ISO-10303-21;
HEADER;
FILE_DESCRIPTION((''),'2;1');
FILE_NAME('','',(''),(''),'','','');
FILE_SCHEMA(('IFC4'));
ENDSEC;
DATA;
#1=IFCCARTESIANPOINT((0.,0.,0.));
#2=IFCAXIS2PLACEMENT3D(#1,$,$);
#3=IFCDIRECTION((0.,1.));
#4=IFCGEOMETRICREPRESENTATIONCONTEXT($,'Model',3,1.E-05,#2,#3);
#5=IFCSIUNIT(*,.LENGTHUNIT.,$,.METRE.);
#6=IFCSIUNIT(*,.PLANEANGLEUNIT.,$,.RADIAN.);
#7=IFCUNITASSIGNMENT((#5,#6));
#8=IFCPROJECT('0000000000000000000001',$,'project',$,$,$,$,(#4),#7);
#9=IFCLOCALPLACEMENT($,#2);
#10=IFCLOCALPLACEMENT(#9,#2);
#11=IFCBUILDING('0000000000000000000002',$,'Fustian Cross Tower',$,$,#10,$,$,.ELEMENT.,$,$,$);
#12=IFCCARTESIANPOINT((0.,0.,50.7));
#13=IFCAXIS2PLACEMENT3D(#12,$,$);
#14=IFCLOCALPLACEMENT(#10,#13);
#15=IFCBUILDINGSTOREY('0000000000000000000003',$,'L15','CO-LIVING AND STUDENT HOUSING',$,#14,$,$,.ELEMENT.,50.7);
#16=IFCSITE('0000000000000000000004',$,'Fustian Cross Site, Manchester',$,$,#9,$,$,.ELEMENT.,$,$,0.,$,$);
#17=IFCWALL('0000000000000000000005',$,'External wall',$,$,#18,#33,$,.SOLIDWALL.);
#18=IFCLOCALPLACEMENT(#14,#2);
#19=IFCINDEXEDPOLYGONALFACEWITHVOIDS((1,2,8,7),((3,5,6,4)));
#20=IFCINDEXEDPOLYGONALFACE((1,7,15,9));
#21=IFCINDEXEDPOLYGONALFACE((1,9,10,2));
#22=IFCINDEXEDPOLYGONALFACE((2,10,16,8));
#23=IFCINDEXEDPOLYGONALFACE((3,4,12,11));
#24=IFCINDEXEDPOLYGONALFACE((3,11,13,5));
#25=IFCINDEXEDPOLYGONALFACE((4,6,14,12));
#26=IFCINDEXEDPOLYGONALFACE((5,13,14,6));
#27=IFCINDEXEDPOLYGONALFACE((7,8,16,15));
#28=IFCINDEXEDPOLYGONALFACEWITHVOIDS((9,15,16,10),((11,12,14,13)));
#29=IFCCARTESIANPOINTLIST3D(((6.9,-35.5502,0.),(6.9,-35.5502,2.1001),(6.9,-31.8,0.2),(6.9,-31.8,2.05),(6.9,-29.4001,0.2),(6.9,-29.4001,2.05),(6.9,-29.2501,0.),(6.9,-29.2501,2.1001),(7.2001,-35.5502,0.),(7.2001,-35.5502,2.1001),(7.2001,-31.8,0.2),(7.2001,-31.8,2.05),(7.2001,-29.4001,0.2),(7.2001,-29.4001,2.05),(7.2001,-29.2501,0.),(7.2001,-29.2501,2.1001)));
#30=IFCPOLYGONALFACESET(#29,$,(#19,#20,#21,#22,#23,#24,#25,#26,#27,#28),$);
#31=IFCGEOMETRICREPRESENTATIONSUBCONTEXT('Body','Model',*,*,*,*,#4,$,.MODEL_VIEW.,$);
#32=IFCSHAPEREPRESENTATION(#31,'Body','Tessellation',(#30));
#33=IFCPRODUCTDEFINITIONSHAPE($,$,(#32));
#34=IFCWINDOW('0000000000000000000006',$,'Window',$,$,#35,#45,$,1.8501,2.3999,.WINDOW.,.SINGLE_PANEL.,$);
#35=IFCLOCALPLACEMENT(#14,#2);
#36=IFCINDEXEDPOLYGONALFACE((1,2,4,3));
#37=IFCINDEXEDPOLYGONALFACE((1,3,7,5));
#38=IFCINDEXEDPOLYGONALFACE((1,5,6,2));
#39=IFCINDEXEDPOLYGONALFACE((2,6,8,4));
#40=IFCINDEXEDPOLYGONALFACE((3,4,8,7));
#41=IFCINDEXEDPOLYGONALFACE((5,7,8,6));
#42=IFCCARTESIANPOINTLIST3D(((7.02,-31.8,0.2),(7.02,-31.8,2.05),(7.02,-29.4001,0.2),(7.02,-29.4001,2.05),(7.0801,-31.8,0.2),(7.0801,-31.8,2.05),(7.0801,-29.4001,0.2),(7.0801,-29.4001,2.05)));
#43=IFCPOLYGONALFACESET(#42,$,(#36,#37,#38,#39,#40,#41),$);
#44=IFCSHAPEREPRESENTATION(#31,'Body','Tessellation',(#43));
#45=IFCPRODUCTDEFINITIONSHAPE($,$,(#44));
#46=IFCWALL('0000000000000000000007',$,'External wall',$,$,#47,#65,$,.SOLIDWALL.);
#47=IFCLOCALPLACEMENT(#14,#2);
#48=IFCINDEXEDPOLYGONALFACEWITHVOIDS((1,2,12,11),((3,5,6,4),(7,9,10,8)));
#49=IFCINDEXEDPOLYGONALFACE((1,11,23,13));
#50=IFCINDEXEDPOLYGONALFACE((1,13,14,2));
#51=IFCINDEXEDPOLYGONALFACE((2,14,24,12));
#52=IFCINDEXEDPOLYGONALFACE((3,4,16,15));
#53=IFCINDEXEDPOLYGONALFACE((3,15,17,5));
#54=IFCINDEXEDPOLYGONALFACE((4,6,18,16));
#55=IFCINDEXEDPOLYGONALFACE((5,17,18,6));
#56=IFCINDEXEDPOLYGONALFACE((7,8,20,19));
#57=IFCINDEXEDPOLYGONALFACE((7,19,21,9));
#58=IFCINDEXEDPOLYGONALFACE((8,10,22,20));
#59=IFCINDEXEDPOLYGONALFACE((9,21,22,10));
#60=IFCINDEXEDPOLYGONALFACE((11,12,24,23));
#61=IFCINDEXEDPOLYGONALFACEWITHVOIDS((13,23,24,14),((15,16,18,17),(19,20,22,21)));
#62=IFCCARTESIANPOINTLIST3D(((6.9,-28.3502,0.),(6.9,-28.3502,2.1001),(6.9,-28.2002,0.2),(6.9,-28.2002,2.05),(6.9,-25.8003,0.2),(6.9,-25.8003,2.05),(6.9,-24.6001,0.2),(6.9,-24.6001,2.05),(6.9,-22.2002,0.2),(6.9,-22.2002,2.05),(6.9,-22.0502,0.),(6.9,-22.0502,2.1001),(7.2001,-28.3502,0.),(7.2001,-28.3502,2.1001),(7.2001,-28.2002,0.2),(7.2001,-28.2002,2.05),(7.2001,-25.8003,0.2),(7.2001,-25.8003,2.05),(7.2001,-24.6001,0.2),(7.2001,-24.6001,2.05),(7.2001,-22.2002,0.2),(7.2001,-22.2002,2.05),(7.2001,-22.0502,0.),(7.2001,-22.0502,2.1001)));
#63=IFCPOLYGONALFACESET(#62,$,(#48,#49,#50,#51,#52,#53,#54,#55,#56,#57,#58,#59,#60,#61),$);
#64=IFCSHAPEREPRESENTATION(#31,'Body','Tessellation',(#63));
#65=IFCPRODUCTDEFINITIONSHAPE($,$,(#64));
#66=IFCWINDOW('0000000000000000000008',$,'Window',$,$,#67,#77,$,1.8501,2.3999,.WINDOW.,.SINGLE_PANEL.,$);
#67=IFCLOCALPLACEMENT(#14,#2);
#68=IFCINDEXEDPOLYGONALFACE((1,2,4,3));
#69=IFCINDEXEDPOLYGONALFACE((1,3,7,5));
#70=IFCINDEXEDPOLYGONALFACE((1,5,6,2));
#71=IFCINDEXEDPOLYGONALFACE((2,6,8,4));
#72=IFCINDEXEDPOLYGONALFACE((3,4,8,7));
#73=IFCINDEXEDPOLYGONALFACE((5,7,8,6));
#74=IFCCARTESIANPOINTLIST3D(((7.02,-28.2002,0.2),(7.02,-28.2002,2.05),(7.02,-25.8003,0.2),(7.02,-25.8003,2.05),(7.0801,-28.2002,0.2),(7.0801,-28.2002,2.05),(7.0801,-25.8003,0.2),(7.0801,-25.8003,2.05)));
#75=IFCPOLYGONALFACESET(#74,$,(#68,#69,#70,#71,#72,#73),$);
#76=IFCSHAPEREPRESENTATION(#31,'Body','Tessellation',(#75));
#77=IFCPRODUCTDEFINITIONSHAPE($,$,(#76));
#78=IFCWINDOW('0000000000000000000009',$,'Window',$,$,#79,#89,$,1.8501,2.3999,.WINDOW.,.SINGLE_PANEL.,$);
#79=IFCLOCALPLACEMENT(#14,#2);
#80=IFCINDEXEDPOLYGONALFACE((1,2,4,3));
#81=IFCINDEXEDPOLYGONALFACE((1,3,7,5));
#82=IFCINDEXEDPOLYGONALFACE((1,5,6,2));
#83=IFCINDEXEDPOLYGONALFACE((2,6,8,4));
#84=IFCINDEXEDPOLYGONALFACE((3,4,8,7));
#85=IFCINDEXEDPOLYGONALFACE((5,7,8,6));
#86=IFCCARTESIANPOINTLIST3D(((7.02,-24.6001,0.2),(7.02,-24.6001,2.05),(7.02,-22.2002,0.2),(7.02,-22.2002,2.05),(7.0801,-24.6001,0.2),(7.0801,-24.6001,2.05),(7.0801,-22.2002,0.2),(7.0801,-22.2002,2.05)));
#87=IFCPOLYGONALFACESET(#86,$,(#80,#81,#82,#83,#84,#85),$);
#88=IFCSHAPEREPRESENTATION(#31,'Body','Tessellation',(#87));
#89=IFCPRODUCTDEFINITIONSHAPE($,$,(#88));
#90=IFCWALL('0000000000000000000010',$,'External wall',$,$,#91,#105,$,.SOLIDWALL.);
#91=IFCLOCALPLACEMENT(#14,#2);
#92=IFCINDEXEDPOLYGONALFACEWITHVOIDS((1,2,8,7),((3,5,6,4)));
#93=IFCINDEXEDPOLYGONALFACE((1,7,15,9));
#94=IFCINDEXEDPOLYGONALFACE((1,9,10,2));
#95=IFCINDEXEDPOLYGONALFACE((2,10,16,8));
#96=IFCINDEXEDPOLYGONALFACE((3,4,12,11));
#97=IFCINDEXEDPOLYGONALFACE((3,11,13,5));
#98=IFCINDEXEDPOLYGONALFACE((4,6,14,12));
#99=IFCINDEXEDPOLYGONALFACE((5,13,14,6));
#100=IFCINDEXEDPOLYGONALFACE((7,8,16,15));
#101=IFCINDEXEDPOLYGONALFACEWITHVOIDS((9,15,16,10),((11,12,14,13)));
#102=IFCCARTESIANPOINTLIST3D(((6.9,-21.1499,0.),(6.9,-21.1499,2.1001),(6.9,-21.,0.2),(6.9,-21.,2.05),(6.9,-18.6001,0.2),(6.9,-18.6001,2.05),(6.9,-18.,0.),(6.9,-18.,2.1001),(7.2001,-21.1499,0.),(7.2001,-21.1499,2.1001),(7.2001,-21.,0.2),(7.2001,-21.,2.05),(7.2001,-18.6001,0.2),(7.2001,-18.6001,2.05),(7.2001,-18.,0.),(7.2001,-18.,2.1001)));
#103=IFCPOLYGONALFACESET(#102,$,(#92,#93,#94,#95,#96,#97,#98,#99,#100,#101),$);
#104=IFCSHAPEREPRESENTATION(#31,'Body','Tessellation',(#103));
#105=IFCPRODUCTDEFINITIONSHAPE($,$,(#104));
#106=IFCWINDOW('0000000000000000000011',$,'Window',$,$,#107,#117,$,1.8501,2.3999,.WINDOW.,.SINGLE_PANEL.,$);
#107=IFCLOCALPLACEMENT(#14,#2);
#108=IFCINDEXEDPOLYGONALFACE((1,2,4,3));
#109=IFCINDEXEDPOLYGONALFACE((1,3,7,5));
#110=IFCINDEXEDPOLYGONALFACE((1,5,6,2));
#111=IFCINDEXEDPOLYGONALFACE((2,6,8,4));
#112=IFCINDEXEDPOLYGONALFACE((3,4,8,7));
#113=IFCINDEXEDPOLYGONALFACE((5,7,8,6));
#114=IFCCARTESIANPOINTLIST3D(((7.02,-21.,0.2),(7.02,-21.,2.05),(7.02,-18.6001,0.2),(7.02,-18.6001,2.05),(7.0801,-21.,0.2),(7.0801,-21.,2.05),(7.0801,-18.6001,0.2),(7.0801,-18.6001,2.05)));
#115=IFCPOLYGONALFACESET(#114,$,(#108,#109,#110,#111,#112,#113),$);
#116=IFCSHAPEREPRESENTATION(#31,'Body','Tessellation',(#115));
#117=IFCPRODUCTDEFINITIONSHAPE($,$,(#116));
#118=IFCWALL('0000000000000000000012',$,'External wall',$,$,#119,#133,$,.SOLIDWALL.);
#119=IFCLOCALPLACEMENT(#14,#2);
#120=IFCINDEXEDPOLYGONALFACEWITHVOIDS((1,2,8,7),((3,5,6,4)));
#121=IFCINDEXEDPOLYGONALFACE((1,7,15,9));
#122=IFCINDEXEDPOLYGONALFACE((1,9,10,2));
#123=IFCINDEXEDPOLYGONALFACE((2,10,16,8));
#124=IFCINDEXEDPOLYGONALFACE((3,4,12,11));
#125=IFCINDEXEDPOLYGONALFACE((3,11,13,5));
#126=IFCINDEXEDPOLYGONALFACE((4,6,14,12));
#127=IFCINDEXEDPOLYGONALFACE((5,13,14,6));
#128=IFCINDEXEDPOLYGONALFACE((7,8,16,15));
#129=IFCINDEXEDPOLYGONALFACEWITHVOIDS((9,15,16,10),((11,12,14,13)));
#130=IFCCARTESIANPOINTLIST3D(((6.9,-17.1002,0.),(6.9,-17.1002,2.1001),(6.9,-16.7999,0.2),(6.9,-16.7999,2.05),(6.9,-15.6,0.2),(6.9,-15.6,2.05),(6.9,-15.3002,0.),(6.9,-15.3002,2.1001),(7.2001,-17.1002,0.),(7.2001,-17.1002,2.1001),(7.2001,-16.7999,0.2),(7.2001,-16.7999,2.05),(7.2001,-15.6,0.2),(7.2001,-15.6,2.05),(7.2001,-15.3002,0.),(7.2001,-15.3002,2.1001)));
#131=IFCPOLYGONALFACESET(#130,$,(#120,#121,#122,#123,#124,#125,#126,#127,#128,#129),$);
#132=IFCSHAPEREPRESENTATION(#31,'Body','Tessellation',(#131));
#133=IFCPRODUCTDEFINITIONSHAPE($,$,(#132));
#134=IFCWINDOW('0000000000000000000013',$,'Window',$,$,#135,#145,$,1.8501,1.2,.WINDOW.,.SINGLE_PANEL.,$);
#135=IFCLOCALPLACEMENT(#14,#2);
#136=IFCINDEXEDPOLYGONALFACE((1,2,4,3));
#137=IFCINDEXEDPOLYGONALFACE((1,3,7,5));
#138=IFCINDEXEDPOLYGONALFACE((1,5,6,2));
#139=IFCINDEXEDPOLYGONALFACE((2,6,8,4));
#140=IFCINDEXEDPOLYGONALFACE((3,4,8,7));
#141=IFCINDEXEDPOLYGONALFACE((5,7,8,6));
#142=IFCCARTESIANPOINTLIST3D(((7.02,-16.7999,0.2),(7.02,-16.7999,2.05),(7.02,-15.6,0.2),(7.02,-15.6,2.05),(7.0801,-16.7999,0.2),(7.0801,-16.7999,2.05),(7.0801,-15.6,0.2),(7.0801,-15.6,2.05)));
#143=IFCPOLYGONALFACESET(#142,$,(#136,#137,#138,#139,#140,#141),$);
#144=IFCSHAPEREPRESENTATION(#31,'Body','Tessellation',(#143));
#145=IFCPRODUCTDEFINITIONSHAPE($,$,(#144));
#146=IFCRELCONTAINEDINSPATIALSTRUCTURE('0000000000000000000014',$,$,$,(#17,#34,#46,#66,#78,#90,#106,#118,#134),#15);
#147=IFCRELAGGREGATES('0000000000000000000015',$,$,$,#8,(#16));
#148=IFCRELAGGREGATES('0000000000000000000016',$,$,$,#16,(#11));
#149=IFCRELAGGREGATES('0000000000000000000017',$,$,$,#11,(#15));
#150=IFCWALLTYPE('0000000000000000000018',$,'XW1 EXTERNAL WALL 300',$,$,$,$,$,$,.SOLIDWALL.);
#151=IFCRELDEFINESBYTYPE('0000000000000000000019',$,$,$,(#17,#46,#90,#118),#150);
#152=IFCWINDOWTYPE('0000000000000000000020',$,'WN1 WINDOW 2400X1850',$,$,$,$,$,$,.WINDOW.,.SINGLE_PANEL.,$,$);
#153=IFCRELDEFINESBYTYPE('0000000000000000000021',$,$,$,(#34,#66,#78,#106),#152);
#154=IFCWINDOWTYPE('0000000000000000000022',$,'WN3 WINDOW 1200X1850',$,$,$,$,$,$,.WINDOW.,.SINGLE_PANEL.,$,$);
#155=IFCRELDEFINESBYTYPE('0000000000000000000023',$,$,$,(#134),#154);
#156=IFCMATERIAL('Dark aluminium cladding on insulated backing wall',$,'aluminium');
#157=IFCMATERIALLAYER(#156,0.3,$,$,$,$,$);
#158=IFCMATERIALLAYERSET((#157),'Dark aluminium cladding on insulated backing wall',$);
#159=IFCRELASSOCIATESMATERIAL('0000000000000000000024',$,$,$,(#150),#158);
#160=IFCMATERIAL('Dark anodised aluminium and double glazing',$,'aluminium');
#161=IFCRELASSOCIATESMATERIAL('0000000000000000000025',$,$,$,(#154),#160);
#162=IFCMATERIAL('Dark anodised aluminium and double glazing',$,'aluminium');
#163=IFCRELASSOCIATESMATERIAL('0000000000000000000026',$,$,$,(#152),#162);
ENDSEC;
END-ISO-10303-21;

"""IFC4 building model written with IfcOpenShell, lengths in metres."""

from ifc_helpers import new_model, si_unit, direction, frame, frame_2d, origin, place, context, subcontext, project, spatial, rectangle, extrude, material, layer, layer_set, type_object, element, fill, save


model = new_model("IFC4")

# Units and contexts
model_context = context("Model", 3, precision=1e-05, world=origin(), true_north=direction((0.0, 1.0)))
body_context = subcontext(model_context, "Body", "Model", "MODEL_VIEW")
ifc_project = project(units=[si_unit("LENGTHUNIT", "METRE"), si_unit("PLANEANGLEUNIT", "RADIAN")], contexts=[model_context])

# Site, building, storey
site_placement = place(None, origin())
site = spatial("IfcSite", under=ifc_project, at=site_placement, Name="Fustian Cross Site, Manchester", CompositionType="ELEMENT", RefElevation=0.0)
building_placement = place(site_placement, origin())
building = spatial("IfcBuilding", under=site, at=building_placement, Name="Fustian Cross Tower", CompositionType="ELEMENT")
storey_placement = place(building_placement, frame((0.0, 0.0, 50.7)))
storey = spatial("IfcBuildingStorey", under=building, at=storey_placement, Name="L15", Description="CO-LIVING AND STUDENT HOUSING", CompositionType="ELEMENT", Elevation=50.7)

# Shared definitions
ifc_material_1 = material(Name="Dark aluminium cladding on insulated backing wall", Category="aluminium")
ifc_layer_1 = layer(ifc_material_1, 0.3)
ifc_layer_set_1 = layer_set([ifc_layer_1], Name="Dark aluminium cladding on insulated backing wall")
wall_type_1 = type_object("IfcWallType", Name="XW1 EXTERNAL WALL 300", PredefinedType="SOLIDWALL", material=ifc_layer_set_1)

# Wall, opening, window
ifc_material_2 = material(Name="Dark anodised aluminium and double glazing", Category="aluminium")
window_type_1 = type_object("IfcWindowType", Name="WN3 WINDOW 1200X1850", PartitioningType="SINGLE_PANEL", PredefinedType="WINDOW", material=ifc_material_2)
wall_1_placement = place(storey_placement, frame((7.05, -35.55, 0.0), z_axis=(0.0, 0.0, 1.0), x_axis=(0.0, 1.0, 0.0)))
wall_1 = element("IfcWall", 1, at=wall_1_placement, inside=storey, type_object=wall_type_1, Name="External wall", PredefinedType="SOLIDWALL", context=body_context, shape_type="SweptSolid", body=[
    extrude(rectangle(XDim=6.3, YDim=0.3, at=frame_2d((3.1499, 0.0))), origin(), (0.0, 0.0, 1.0), 2.1001),
])
opening_1_placement = place(wall_1_placement, frame((3.75, 0.0, 0.2)))
opening_1 = element("IfcOpeningElement", 2, at=opening_1_placement, cuts=wall_1, PredefinedType="OPENING", context=body_context, shape_type="SweptSolid", body=[
    extrude(rectangle(XDim=2.3999, YDim=1.8501, at=frame_2d((1.2, 0.925))), frame((0.0, 0.1599, 0.0), z_axis=(0.0, -1.0, 0.0), x_axis=(1.0, 0.0, 0.0)), (0.0, 0.0, 1.0), 0.3201),
])
ifc_material_3 = material(Name="Dark anodised aluminium and double glazing", Category="aluminium")
window_type_2 = type_object("IfcWindowType", Name="WN1 WINDOW 2400X1850", PartitioningType="SINGLE_PANEL", PredefinedType="WINDOW", material=ifc_material_3)
window_1_placement = place(opening_1_placement, origin())
window_1 = element("IfcWindow", 3, at=window_1_placement, inside=storey, type_object=window_type_2, Name="Window", OverallHeight=1.8501, OverallWidth=2.3999, PartitioningType="SINGLE_PANEL", PredefinedType="WINDOW", context=body_context, shape_type="SweptSolid", body=[
    extrude(rectangle(XDim=2.3999, YDim=1.8501, at=frame_2d((1.2, 0.925))), frame((0.0, 0.03, 0.0), z_axis=(0.0, -1.0, 0.0), x_axis=(1.0, 0.0, 0.0)), (0.0, 0.0, 1.0), 0.0601),
])
fill(opening_1, window_1)

# Wall, openings, windows
wall_2_placement = place(storey_placement, frame((7.05, -28.3501, 0.0), z_axis=(0.0, 0.0, 1.0), x_axis=(0.0, 1.0, 0.0)))
wall_2 = element("IfcWall", 4, at=wall_2_placement, inside=storey, type_object=wall_type_1, Name="External wall", PredefinedType="SOLIDWALL", context=body_context, shape_type="SweptSolid", body=[
    extrude(rectangle(XDim=6.3, YDim=0.3, at=frame_2d((3.1499, 0.0))), origin(), (0.0, 0.0, 1.0), 2.1001),
])
opening_2_placement = place(wall_2_placement, frame((0.1499, 0.0, 0.2)))
opening_2 = element("IfcOpeningElement", 5, at=opening_2_placement, cuts=wall_2, PredefinedType="OPENING", context=body_context, shape_type="SweptSolid", body=[
    extrude(rectangle(XDim=2.3999, YDim=1.8501, at=frame_2d((1.2, 0.925))), frame((0.0, 0.1599, 0.0), z_axis=(0.0, -1.0, 0.0), x_axis=(1.0, 0.0, 0.0)), (0.0, 0.0, 1.0), 0.3201),
])
opening_3_placement = place(wall_2_placement, frame((3.75, 0.0, 0.2)))
opening_3 = element("IfcOpeningElement", 6, at=opening_3_placement, cuts=wall_2, PredefinedType="OPENING", context=body_context, shape_type="SweptSolid", body=[
    extrude(rectangle(XDim=2.3999, YDim=1.8501, at=frame_2d((1.2, 0.925))), frame((0.0, 0.1599, 0.0), z_axis=(0.0, -1.0, 0.0), x_axis=(1.0, 0.0, 0.0)), (0.0, 0.0, 1.0), 0.3201),
])
window_2_placement = place(opening_2_placement, origin())
window_2 = element("IfcWindow", 7, at=window_2_placement, inside=storey, type_object=window_type_2, Name="Window", OverallHeight=1.8501, OverallWidth=2.3999, PartitioningType="SINGLE_PANEL", PredefinedType="WINDOW", context=body_context, shape_type="SweptSolid", body=[
    extrude(rectangle(XDim=2.3999, YDim=1.8501, at=frame_2d((1.2, 0.925))), frame((0.0, 0.03, 0.0), z_axis=(0.0, -1.0, 0.0), x_axis=(1.0, 0.0, 0.0)), (0.0, 0.0, 1.0), 0.0601),
])
fill(opening_2, window_2)
window_3_placement = place(opening_3_placement, origin())
window_3 = element("IfcWindow", 8, at=window_3_placement, inside=storey, type_object=window_type_2, Name="Window", OverallHeight=1.8501, OverallWidth=2.3999, PartitioningType="SINGLE_PANEL", PredefinedType="WINDOW", context=body_context, shape_type="SweptSolid", body=[
    extrude(rectangle(XDim=2.3999, YDim=1.8501, at=frame_2d((1.2, 0.925))), frame((0.0, 0.03, 0.0), z_axis=(0.0, -1.0, 0.0), x_axis=(1.0, 0.0, 0.0)), (0.0, 0.0, 1.0), 0.0601),
])
fill(opening_3, window_3)

# Walls, openings, windows
wall_3_placement = place(storey_placement, frame((7.05, -21.1499, 0.0), z_axis=(0.0, 0.0, 1.0), x_axis=(0.0, 1.0, 0.0)))
wall_3 = element("IfcWall", 9, at=wall_3_placement, inside=storey, type_object=wall_type_1, Name="External wall", PredefinedType="SOLIDWALL", context=body_context, shape_type="SweptSolid", body=[
    extrude(rectangle(XDim=3.1499, YDim=0.3, at=frame_2d((1.575, 0.0))), origin(), (0.0, 0.0, 1.0), 2.1001),
])
opening_4_placement = place(wall_3_placement, frame((0.1499, 0.0, 0.2)))
opening_4 = element("IfcOpeningElement", 10, at=opening_4_placement, cuts=wall_3, PredefinedType="OPENING", context=body_context, shape_type="SweptSolid", body=[
    extrude(rectangle(XDim=2.3999, YDim=1.8501, at=frame_2d((1.2, 0.925))), frame((0.0, 0.1599, 0.0), z_axis=(0.0, -1.0, 0.0), x_axis=(1.0, 0.0, 0.0)), (0.0, 0.0, 1.0), 0.3201),
])
window_4_placement = place(opening_4_placement, origin())
window_4 = element("IfcWindow", 11, at=window_4_placement, inside=storey, type_object=window_type_2, Name="Window", OverallHeight=1.8501, OverallWidth=2.3999, PartitioningType="SINGLE_PANEL", PredefinedType="WINDOW", context=body_context, shape_type="SweptSolid", body=[
    extrude(rectangle(XDim=2.3999, YDim=1.8501, at=frame_2d((1.2, 0.925))), frame((0.0, 0.03, 0.0), z_axis=(0.0, -1.0, 0.0), x_axis=(1.0, 0.0, 0.0)), (0.0, 0.0, 1.0), 0.0601),
])
fill(opening_4, window_4)
wall_4_placement = place(storey_placement, frame((7.05, -17.1001, 0.0), z_axis=(0.0, 0.0, 1.0), x_axis=(0.0, 1.0, 0.0)))
wall_4 = element("IfcWall", 12, at=wall_4_placement, inside=storey, type_object=wall_type_1, Name="External wall", PredefinedType="SOLIDWALL", context=body_context, shape_type="SweptSolid", body=[
    extrude(rectangle(XDim=1.8, YDim=0.3, at=frame_2d((0.8999, 0.0))), origin(), (0.0, 0.0, 1.0), 2.1001),
])
opening_5_placement = place(wall_4_placement, frame((0.3, 0.0, 0.2)))
opening_5 = element("IfcOpeningElement", 13, at=opening_5_placement, cuts=wall_4, PredefinedType="OPENING", context=body_context, shape_type="SweptSolid", body=[
    extrude(rectangle(XDim=1.2, YDim=1.8501, at=frame_2d((0.6001, 0.925))), frame((0.0, 0.1599, 0.0), z_axis=(0.0, -1.0, 0.0), x_axis=(1.0, 0.0, 0.0)), (0.0, 0.0, 1.0), 0.3201),
])
window_5_placement = place(opening_5_placement, origin())
window_5 = element("IfcWindow", 14, at=window_5_placement, inside=storey, type_object=window_type_1, Name="Window", OverallHeight=1.8501, OverallWidth=1.2, PartitioningType="SINGLE_PANEL", PredefinedType="WINDOW", context=body_context, shape_type="SweptSolid", body=[
    extrude(rectangle(XDim=1.2, YDim=1.8501, at=frame_2d((0.6001, 0.925))), frame((0.0, 0.03, 0.0), z_axis=(0.0, -1.0, 0.0), x_axis=(1.0, 0.0, 0.0)), (0.0, 0.0, 1.0), 0.0601),
])
fill(opening_5, window_5)

save(model, "model.ifc")
